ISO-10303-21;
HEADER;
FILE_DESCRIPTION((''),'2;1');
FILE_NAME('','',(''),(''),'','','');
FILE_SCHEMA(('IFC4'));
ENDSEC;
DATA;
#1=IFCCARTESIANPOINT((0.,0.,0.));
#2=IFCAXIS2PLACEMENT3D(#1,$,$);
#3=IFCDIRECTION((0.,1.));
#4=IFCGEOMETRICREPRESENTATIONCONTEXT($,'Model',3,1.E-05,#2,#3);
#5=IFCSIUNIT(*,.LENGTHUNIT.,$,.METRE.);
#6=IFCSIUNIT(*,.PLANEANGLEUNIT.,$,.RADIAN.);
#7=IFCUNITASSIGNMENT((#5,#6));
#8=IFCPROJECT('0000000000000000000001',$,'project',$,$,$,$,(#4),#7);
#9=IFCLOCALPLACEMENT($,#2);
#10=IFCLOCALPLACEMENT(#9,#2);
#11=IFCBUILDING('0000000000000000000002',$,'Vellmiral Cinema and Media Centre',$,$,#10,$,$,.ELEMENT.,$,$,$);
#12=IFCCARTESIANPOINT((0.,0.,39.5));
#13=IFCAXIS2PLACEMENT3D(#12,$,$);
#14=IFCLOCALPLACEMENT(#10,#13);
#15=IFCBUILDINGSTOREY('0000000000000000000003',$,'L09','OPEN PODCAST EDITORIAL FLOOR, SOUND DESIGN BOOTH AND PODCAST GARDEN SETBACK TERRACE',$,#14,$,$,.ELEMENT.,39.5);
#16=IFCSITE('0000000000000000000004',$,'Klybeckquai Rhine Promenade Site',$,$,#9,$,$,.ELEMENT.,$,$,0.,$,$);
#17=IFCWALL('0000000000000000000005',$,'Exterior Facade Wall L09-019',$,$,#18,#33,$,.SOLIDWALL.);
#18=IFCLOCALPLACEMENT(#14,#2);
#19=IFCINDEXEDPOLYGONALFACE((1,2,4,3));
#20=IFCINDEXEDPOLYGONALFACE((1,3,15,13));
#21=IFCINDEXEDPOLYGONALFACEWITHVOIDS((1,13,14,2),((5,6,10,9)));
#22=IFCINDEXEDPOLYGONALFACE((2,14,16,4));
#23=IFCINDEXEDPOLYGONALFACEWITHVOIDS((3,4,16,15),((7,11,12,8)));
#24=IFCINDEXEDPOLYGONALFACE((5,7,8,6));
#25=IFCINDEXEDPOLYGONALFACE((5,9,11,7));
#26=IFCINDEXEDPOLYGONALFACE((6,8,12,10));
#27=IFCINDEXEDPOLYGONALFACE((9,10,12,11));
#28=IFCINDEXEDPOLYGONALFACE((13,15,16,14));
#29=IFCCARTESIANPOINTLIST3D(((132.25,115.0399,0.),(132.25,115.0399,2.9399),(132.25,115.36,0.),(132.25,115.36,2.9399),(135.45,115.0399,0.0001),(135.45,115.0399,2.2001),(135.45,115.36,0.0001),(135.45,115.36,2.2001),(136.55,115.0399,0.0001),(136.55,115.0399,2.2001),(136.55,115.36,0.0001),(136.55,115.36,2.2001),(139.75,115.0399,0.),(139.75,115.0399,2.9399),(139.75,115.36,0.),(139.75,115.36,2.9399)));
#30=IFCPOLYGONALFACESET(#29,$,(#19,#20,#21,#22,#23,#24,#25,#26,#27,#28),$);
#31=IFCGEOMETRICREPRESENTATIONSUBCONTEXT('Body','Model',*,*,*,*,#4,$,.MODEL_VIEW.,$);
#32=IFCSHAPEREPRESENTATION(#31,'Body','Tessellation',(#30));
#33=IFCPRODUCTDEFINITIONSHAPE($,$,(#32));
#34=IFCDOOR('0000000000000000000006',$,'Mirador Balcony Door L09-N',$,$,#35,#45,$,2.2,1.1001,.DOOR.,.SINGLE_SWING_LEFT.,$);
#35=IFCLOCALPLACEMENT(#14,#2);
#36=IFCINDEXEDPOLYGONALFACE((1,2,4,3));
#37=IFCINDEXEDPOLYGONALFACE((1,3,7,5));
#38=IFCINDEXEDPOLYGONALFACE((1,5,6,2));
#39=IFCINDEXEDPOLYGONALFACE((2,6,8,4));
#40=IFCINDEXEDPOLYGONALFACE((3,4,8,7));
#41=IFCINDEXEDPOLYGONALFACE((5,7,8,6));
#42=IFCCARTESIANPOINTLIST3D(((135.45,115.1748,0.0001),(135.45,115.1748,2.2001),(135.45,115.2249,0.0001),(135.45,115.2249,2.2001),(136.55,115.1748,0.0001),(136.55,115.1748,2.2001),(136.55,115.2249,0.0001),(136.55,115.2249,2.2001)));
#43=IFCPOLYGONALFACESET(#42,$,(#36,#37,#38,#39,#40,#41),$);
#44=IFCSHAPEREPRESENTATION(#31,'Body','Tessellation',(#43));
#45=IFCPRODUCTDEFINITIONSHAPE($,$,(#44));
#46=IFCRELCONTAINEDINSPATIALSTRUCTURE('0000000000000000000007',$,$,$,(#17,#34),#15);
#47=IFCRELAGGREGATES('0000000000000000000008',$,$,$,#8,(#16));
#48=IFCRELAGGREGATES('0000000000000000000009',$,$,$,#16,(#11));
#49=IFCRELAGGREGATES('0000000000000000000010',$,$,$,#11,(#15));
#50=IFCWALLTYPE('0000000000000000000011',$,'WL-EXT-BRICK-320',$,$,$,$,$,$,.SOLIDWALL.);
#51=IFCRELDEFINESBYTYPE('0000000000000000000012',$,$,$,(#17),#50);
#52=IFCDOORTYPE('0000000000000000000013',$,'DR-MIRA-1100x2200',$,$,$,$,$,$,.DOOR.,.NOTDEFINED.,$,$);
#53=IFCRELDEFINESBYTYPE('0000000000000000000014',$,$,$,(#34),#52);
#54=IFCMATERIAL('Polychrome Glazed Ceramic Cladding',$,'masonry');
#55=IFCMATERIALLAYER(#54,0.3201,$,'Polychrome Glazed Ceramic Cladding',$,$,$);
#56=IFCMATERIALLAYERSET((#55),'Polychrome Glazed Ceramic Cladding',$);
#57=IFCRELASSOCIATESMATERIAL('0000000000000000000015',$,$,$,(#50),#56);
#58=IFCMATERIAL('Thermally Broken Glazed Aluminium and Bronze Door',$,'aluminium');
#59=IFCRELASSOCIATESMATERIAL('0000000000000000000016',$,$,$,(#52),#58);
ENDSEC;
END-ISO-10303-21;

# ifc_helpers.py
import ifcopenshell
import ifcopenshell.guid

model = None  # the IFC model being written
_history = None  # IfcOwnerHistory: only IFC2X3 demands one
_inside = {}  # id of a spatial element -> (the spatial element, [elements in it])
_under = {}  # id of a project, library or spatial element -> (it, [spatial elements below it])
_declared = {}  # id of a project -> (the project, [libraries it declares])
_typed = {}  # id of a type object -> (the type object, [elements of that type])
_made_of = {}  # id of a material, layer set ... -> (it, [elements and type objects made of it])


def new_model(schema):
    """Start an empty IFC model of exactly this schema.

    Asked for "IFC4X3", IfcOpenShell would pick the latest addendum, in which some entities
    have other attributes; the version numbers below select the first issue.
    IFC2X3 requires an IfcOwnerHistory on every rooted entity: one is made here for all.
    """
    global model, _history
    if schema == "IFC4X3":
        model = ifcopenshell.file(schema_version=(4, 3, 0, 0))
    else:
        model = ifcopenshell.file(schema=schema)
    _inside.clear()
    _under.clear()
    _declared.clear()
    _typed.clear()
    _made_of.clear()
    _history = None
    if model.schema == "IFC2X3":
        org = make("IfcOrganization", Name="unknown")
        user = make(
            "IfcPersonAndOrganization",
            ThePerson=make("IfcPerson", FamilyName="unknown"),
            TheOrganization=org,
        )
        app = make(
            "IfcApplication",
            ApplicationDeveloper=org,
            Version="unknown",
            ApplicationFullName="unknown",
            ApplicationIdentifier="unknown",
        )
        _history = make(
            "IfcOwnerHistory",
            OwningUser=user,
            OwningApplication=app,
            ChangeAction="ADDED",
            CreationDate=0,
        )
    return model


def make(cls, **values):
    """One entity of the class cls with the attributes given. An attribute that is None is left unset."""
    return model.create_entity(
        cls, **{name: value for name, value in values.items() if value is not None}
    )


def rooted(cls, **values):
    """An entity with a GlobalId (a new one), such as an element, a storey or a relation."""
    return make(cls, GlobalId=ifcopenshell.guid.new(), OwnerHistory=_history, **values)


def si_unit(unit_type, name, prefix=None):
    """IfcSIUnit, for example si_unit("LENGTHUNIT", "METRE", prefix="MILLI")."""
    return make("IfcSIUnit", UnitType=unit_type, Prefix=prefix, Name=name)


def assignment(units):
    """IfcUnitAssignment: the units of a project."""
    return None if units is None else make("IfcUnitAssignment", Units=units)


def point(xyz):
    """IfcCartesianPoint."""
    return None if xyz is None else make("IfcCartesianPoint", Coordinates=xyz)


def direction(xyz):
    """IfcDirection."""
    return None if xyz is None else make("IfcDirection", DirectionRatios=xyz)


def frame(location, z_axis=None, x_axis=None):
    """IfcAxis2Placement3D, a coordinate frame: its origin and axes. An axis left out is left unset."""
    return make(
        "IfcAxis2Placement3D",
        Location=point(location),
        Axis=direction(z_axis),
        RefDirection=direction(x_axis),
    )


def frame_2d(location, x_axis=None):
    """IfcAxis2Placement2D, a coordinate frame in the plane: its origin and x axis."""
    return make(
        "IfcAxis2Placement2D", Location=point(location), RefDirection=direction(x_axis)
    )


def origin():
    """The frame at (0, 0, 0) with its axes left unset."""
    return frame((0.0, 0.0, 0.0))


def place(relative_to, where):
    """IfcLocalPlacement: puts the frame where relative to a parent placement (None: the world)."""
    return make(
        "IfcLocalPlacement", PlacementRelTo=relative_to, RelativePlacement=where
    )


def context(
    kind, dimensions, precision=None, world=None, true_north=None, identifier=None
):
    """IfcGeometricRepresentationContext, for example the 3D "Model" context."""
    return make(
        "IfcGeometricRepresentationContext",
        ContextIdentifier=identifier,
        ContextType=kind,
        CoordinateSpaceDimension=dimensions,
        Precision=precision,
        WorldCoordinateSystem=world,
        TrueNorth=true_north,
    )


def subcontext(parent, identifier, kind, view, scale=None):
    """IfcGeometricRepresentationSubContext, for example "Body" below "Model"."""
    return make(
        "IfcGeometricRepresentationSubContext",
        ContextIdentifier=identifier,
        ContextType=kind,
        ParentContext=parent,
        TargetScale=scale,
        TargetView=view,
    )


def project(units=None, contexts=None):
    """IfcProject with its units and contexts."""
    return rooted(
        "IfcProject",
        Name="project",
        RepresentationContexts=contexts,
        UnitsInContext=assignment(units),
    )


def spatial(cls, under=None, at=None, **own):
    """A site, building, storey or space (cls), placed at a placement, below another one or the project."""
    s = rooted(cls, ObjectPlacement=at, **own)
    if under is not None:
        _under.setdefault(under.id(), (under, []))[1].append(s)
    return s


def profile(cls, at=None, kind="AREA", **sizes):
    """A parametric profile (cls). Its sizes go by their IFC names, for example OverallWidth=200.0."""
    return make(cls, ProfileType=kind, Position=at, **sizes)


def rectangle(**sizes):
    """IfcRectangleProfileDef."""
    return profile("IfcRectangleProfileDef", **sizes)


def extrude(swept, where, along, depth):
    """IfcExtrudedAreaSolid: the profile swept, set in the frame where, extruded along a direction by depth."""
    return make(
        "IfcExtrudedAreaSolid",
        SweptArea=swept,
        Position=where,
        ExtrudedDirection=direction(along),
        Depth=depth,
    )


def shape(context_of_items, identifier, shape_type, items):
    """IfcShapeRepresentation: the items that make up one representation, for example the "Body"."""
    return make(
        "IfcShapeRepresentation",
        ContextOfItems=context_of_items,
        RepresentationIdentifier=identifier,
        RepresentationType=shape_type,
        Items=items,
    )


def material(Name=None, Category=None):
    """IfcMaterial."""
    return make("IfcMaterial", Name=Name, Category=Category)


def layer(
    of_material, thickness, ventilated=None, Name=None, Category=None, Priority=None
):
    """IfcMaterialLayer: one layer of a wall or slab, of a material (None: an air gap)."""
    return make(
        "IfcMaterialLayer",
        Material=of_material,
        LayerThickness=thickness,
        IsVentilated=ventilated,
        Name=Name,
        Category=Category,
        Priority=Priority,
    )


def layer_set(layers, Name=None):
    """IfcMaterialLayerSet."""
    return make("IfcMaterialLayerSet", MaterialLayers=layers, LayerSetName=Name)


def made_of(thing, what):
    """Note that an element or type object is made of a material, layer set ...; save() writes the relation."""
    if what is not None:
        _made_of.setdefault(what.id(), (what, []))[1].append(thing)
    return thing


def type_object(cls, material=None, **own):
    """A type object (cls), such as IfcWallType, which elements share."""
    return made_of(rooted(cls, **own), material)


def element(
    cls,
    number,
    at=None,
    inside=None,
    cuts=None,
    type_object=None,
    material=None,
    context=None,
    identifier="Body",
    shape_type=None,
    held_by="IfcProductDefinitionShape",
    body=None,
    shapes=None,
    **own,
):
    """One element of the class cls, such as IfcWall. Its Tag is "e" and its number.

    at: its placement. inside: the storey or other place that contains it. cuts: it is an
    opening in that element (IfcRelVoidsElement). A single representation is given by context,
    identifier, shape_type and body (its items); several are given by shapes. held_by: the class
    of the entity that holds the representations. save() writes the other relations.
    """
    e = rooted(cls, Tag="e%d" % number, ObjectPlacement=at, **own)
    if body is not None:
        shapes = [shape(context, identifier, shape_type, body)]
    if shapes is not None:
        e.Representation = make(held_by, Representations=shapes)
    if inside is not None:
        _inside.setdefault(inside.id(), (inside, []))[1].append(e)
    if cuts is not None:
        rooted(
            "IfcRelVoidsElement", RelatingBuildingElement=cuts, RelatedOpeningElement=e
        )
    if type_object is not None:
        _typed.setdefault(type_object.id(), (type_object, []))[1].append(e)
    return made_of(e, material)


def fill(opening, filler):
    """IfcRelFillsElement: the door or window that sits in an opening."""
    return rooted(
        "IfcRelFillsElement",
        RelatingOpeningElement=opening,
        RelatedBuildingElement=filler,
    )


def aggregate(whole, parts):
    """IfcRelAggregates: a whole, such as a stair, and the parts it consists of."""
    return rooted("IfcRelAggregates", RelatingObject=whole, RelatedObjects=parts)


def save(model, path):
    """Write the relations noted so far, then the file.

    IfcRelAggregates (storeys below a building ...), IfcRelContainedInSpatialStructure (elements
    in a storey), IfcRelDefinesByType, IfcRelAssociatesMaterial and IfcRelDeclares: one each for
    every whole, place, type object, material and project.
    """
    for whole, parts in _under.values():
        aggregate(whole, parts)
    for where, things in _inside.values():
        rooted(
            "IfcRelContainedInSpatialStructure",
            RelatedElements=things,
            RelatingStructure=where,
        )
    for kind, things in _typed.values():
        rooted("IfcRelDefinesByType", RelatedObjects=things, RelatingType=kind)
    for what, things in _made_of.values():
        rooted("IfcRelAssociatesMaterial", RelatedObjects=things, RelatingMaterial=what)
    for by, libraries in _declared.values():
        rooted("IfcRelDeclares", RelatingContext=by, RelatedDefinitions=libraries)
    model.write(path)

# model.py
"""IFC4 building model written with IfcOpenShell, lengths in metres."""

from ifc_helpers import new_model, si_unit, direction, frame, frame_2d, origin, place, context, subcontext, project, spatial, rectangle, extrude, material, layer, layer_set, type_object, element, fill, save


model = new_model("IFC4")

# Units and contexts
model_context = context("Model", 3, precision=1e-05, world=origin(), true_north=direction((0.0, 1.0)))
body_context = subcontext(model_context, "Body", "Model", "MODEL_VIEW")
ifc_project = project(units=[si_unit("LENGTHUNIT", "METRE"), si_unit("PLANEANGLEUNIT", "RADIAN")], contexts=[model_context])

# Site, building, storey
site_placement = place(None, origin())
site = spatial("IfcSite", under=ifc_project, at=site_placement, Name="Klybeckquai Rhine Promenade Site", CompositionType="ELEMENT", RefElevation=0.0)
building_placement = place(site_placement, origin())
building = spatial("IfcBuilding", under=site, at=building_placement, Name="Vellmiral Cinema and Media Centre", CompositionType="ELEMENT")
storey_placement = place(building_placement, frame((0.0, 0.0, 39.5)))
storey = spatial("IfcBuildingStorey", under=building, at=storey_placement, Name="L09", Description="OPEN PODCAST EDITORIAL FLOOR, SOUND DESIGN BOOTH AND PODCAST GARDEN SETBACK TERRACE", CompositionType="ELEMENT", Elevation=39.5)

# Wall, opening, door
ifc_material_1 = material(Name="Polychrome Glazed Ceramic Cladding", Category="masonry")
ifc_layer_1 = layer(ifc_material_1, 0.3201, Name="Polychrome Glazed Ceramic Cladding")
ifc_layer_set_1 = layer_set([ifc_layer_1], Name="Polychrome Glazed Ceramic Cladding")
wall_type = type_object("IfcWallType", Name="WL-EXT-BRICK-320", PredefinedType="SOLIDWALL", material=ifc_layer_set_1)
wall_placement = place(storey_placement, frame((139.75, 115.2, 0.0), z_axis=(0.0, 0.0, 1.0), x_axis=(-1.0, 0.0, 0.0)))
wall = element("IfcWall", 1, at=wall_placement, inside=storey, type_object=wall_type, Name="Exterior Facade Wall L09-019", PredefinedType="SOLIDWALL", context=body_context, shape_type="SweptSolid", body=[
    extrude(rectangle(XDim=7.5, YDim=0.3201, at=frame_2d((3.75, 0.0))), origin(), (0.0, 0.0, 1.0), 2.9399),
])
opening_placement = place(wall_placement, frame((3.2, 0.0, 0.0)))
opening = element("IfcOpeningElement", 2, at=opening_placement, cuts=wall, PredefinedType="OPENING", context=body_context, shape_type="SweptSolid", body=[
    extrude(rectangle(XDim=1.1001, YDim=2.2, at=frame_2d((0.55, 1.1001))), frame((0.0, 0.1719, 0.0), z_axis=(0.0, -1.0, 0.0), x_axis=(1.0, 0.0, 0.0)), (0.0, 0.0, 1.0), 0.344),
])
ifc_material_2 = material(Name="Thermally Broken Glazed Aluminium and Bronze Door", Category="aluminium")
door_type = type_object("IfcDoorType", Name="DR-MIRA-1100x2200", OperationType="NOTDEFINED", PredefinedType="DOOR", material=ifc_material_2)
door_placement = place(opening_placement, frame((1.1001, 0.0, 0.0), z_axis=(0.0, 0.0, 1.0), x_axis=(-1.0, 0.0, 0.0)))
door = element("IfcDoor", 3, at=door_placement, inside=storey, type_object=door_type, Name="Mirador Balcony Door L09-N", OperationType="SINGLE_SWING_LEFT", OverallHeight=2.2, OverallWidth=1.1001, PredefinedType="DOOR", context=body_context, shape_type="SweptSolid", body=[
    extrude(rectangle(XDim=1.1001, YDim=2.2, at=frame_2d((0.55, 1.1001))), frame((0.0, 0.0249, 0.0), z_axis=(0.0, -1.0, 0.0), x_axis=(1.0, 0.0, 0.0)), (0.0, 0.0, 1.0), 0.05),
])
fill(opening, door)

save(model, "model.ifc")
